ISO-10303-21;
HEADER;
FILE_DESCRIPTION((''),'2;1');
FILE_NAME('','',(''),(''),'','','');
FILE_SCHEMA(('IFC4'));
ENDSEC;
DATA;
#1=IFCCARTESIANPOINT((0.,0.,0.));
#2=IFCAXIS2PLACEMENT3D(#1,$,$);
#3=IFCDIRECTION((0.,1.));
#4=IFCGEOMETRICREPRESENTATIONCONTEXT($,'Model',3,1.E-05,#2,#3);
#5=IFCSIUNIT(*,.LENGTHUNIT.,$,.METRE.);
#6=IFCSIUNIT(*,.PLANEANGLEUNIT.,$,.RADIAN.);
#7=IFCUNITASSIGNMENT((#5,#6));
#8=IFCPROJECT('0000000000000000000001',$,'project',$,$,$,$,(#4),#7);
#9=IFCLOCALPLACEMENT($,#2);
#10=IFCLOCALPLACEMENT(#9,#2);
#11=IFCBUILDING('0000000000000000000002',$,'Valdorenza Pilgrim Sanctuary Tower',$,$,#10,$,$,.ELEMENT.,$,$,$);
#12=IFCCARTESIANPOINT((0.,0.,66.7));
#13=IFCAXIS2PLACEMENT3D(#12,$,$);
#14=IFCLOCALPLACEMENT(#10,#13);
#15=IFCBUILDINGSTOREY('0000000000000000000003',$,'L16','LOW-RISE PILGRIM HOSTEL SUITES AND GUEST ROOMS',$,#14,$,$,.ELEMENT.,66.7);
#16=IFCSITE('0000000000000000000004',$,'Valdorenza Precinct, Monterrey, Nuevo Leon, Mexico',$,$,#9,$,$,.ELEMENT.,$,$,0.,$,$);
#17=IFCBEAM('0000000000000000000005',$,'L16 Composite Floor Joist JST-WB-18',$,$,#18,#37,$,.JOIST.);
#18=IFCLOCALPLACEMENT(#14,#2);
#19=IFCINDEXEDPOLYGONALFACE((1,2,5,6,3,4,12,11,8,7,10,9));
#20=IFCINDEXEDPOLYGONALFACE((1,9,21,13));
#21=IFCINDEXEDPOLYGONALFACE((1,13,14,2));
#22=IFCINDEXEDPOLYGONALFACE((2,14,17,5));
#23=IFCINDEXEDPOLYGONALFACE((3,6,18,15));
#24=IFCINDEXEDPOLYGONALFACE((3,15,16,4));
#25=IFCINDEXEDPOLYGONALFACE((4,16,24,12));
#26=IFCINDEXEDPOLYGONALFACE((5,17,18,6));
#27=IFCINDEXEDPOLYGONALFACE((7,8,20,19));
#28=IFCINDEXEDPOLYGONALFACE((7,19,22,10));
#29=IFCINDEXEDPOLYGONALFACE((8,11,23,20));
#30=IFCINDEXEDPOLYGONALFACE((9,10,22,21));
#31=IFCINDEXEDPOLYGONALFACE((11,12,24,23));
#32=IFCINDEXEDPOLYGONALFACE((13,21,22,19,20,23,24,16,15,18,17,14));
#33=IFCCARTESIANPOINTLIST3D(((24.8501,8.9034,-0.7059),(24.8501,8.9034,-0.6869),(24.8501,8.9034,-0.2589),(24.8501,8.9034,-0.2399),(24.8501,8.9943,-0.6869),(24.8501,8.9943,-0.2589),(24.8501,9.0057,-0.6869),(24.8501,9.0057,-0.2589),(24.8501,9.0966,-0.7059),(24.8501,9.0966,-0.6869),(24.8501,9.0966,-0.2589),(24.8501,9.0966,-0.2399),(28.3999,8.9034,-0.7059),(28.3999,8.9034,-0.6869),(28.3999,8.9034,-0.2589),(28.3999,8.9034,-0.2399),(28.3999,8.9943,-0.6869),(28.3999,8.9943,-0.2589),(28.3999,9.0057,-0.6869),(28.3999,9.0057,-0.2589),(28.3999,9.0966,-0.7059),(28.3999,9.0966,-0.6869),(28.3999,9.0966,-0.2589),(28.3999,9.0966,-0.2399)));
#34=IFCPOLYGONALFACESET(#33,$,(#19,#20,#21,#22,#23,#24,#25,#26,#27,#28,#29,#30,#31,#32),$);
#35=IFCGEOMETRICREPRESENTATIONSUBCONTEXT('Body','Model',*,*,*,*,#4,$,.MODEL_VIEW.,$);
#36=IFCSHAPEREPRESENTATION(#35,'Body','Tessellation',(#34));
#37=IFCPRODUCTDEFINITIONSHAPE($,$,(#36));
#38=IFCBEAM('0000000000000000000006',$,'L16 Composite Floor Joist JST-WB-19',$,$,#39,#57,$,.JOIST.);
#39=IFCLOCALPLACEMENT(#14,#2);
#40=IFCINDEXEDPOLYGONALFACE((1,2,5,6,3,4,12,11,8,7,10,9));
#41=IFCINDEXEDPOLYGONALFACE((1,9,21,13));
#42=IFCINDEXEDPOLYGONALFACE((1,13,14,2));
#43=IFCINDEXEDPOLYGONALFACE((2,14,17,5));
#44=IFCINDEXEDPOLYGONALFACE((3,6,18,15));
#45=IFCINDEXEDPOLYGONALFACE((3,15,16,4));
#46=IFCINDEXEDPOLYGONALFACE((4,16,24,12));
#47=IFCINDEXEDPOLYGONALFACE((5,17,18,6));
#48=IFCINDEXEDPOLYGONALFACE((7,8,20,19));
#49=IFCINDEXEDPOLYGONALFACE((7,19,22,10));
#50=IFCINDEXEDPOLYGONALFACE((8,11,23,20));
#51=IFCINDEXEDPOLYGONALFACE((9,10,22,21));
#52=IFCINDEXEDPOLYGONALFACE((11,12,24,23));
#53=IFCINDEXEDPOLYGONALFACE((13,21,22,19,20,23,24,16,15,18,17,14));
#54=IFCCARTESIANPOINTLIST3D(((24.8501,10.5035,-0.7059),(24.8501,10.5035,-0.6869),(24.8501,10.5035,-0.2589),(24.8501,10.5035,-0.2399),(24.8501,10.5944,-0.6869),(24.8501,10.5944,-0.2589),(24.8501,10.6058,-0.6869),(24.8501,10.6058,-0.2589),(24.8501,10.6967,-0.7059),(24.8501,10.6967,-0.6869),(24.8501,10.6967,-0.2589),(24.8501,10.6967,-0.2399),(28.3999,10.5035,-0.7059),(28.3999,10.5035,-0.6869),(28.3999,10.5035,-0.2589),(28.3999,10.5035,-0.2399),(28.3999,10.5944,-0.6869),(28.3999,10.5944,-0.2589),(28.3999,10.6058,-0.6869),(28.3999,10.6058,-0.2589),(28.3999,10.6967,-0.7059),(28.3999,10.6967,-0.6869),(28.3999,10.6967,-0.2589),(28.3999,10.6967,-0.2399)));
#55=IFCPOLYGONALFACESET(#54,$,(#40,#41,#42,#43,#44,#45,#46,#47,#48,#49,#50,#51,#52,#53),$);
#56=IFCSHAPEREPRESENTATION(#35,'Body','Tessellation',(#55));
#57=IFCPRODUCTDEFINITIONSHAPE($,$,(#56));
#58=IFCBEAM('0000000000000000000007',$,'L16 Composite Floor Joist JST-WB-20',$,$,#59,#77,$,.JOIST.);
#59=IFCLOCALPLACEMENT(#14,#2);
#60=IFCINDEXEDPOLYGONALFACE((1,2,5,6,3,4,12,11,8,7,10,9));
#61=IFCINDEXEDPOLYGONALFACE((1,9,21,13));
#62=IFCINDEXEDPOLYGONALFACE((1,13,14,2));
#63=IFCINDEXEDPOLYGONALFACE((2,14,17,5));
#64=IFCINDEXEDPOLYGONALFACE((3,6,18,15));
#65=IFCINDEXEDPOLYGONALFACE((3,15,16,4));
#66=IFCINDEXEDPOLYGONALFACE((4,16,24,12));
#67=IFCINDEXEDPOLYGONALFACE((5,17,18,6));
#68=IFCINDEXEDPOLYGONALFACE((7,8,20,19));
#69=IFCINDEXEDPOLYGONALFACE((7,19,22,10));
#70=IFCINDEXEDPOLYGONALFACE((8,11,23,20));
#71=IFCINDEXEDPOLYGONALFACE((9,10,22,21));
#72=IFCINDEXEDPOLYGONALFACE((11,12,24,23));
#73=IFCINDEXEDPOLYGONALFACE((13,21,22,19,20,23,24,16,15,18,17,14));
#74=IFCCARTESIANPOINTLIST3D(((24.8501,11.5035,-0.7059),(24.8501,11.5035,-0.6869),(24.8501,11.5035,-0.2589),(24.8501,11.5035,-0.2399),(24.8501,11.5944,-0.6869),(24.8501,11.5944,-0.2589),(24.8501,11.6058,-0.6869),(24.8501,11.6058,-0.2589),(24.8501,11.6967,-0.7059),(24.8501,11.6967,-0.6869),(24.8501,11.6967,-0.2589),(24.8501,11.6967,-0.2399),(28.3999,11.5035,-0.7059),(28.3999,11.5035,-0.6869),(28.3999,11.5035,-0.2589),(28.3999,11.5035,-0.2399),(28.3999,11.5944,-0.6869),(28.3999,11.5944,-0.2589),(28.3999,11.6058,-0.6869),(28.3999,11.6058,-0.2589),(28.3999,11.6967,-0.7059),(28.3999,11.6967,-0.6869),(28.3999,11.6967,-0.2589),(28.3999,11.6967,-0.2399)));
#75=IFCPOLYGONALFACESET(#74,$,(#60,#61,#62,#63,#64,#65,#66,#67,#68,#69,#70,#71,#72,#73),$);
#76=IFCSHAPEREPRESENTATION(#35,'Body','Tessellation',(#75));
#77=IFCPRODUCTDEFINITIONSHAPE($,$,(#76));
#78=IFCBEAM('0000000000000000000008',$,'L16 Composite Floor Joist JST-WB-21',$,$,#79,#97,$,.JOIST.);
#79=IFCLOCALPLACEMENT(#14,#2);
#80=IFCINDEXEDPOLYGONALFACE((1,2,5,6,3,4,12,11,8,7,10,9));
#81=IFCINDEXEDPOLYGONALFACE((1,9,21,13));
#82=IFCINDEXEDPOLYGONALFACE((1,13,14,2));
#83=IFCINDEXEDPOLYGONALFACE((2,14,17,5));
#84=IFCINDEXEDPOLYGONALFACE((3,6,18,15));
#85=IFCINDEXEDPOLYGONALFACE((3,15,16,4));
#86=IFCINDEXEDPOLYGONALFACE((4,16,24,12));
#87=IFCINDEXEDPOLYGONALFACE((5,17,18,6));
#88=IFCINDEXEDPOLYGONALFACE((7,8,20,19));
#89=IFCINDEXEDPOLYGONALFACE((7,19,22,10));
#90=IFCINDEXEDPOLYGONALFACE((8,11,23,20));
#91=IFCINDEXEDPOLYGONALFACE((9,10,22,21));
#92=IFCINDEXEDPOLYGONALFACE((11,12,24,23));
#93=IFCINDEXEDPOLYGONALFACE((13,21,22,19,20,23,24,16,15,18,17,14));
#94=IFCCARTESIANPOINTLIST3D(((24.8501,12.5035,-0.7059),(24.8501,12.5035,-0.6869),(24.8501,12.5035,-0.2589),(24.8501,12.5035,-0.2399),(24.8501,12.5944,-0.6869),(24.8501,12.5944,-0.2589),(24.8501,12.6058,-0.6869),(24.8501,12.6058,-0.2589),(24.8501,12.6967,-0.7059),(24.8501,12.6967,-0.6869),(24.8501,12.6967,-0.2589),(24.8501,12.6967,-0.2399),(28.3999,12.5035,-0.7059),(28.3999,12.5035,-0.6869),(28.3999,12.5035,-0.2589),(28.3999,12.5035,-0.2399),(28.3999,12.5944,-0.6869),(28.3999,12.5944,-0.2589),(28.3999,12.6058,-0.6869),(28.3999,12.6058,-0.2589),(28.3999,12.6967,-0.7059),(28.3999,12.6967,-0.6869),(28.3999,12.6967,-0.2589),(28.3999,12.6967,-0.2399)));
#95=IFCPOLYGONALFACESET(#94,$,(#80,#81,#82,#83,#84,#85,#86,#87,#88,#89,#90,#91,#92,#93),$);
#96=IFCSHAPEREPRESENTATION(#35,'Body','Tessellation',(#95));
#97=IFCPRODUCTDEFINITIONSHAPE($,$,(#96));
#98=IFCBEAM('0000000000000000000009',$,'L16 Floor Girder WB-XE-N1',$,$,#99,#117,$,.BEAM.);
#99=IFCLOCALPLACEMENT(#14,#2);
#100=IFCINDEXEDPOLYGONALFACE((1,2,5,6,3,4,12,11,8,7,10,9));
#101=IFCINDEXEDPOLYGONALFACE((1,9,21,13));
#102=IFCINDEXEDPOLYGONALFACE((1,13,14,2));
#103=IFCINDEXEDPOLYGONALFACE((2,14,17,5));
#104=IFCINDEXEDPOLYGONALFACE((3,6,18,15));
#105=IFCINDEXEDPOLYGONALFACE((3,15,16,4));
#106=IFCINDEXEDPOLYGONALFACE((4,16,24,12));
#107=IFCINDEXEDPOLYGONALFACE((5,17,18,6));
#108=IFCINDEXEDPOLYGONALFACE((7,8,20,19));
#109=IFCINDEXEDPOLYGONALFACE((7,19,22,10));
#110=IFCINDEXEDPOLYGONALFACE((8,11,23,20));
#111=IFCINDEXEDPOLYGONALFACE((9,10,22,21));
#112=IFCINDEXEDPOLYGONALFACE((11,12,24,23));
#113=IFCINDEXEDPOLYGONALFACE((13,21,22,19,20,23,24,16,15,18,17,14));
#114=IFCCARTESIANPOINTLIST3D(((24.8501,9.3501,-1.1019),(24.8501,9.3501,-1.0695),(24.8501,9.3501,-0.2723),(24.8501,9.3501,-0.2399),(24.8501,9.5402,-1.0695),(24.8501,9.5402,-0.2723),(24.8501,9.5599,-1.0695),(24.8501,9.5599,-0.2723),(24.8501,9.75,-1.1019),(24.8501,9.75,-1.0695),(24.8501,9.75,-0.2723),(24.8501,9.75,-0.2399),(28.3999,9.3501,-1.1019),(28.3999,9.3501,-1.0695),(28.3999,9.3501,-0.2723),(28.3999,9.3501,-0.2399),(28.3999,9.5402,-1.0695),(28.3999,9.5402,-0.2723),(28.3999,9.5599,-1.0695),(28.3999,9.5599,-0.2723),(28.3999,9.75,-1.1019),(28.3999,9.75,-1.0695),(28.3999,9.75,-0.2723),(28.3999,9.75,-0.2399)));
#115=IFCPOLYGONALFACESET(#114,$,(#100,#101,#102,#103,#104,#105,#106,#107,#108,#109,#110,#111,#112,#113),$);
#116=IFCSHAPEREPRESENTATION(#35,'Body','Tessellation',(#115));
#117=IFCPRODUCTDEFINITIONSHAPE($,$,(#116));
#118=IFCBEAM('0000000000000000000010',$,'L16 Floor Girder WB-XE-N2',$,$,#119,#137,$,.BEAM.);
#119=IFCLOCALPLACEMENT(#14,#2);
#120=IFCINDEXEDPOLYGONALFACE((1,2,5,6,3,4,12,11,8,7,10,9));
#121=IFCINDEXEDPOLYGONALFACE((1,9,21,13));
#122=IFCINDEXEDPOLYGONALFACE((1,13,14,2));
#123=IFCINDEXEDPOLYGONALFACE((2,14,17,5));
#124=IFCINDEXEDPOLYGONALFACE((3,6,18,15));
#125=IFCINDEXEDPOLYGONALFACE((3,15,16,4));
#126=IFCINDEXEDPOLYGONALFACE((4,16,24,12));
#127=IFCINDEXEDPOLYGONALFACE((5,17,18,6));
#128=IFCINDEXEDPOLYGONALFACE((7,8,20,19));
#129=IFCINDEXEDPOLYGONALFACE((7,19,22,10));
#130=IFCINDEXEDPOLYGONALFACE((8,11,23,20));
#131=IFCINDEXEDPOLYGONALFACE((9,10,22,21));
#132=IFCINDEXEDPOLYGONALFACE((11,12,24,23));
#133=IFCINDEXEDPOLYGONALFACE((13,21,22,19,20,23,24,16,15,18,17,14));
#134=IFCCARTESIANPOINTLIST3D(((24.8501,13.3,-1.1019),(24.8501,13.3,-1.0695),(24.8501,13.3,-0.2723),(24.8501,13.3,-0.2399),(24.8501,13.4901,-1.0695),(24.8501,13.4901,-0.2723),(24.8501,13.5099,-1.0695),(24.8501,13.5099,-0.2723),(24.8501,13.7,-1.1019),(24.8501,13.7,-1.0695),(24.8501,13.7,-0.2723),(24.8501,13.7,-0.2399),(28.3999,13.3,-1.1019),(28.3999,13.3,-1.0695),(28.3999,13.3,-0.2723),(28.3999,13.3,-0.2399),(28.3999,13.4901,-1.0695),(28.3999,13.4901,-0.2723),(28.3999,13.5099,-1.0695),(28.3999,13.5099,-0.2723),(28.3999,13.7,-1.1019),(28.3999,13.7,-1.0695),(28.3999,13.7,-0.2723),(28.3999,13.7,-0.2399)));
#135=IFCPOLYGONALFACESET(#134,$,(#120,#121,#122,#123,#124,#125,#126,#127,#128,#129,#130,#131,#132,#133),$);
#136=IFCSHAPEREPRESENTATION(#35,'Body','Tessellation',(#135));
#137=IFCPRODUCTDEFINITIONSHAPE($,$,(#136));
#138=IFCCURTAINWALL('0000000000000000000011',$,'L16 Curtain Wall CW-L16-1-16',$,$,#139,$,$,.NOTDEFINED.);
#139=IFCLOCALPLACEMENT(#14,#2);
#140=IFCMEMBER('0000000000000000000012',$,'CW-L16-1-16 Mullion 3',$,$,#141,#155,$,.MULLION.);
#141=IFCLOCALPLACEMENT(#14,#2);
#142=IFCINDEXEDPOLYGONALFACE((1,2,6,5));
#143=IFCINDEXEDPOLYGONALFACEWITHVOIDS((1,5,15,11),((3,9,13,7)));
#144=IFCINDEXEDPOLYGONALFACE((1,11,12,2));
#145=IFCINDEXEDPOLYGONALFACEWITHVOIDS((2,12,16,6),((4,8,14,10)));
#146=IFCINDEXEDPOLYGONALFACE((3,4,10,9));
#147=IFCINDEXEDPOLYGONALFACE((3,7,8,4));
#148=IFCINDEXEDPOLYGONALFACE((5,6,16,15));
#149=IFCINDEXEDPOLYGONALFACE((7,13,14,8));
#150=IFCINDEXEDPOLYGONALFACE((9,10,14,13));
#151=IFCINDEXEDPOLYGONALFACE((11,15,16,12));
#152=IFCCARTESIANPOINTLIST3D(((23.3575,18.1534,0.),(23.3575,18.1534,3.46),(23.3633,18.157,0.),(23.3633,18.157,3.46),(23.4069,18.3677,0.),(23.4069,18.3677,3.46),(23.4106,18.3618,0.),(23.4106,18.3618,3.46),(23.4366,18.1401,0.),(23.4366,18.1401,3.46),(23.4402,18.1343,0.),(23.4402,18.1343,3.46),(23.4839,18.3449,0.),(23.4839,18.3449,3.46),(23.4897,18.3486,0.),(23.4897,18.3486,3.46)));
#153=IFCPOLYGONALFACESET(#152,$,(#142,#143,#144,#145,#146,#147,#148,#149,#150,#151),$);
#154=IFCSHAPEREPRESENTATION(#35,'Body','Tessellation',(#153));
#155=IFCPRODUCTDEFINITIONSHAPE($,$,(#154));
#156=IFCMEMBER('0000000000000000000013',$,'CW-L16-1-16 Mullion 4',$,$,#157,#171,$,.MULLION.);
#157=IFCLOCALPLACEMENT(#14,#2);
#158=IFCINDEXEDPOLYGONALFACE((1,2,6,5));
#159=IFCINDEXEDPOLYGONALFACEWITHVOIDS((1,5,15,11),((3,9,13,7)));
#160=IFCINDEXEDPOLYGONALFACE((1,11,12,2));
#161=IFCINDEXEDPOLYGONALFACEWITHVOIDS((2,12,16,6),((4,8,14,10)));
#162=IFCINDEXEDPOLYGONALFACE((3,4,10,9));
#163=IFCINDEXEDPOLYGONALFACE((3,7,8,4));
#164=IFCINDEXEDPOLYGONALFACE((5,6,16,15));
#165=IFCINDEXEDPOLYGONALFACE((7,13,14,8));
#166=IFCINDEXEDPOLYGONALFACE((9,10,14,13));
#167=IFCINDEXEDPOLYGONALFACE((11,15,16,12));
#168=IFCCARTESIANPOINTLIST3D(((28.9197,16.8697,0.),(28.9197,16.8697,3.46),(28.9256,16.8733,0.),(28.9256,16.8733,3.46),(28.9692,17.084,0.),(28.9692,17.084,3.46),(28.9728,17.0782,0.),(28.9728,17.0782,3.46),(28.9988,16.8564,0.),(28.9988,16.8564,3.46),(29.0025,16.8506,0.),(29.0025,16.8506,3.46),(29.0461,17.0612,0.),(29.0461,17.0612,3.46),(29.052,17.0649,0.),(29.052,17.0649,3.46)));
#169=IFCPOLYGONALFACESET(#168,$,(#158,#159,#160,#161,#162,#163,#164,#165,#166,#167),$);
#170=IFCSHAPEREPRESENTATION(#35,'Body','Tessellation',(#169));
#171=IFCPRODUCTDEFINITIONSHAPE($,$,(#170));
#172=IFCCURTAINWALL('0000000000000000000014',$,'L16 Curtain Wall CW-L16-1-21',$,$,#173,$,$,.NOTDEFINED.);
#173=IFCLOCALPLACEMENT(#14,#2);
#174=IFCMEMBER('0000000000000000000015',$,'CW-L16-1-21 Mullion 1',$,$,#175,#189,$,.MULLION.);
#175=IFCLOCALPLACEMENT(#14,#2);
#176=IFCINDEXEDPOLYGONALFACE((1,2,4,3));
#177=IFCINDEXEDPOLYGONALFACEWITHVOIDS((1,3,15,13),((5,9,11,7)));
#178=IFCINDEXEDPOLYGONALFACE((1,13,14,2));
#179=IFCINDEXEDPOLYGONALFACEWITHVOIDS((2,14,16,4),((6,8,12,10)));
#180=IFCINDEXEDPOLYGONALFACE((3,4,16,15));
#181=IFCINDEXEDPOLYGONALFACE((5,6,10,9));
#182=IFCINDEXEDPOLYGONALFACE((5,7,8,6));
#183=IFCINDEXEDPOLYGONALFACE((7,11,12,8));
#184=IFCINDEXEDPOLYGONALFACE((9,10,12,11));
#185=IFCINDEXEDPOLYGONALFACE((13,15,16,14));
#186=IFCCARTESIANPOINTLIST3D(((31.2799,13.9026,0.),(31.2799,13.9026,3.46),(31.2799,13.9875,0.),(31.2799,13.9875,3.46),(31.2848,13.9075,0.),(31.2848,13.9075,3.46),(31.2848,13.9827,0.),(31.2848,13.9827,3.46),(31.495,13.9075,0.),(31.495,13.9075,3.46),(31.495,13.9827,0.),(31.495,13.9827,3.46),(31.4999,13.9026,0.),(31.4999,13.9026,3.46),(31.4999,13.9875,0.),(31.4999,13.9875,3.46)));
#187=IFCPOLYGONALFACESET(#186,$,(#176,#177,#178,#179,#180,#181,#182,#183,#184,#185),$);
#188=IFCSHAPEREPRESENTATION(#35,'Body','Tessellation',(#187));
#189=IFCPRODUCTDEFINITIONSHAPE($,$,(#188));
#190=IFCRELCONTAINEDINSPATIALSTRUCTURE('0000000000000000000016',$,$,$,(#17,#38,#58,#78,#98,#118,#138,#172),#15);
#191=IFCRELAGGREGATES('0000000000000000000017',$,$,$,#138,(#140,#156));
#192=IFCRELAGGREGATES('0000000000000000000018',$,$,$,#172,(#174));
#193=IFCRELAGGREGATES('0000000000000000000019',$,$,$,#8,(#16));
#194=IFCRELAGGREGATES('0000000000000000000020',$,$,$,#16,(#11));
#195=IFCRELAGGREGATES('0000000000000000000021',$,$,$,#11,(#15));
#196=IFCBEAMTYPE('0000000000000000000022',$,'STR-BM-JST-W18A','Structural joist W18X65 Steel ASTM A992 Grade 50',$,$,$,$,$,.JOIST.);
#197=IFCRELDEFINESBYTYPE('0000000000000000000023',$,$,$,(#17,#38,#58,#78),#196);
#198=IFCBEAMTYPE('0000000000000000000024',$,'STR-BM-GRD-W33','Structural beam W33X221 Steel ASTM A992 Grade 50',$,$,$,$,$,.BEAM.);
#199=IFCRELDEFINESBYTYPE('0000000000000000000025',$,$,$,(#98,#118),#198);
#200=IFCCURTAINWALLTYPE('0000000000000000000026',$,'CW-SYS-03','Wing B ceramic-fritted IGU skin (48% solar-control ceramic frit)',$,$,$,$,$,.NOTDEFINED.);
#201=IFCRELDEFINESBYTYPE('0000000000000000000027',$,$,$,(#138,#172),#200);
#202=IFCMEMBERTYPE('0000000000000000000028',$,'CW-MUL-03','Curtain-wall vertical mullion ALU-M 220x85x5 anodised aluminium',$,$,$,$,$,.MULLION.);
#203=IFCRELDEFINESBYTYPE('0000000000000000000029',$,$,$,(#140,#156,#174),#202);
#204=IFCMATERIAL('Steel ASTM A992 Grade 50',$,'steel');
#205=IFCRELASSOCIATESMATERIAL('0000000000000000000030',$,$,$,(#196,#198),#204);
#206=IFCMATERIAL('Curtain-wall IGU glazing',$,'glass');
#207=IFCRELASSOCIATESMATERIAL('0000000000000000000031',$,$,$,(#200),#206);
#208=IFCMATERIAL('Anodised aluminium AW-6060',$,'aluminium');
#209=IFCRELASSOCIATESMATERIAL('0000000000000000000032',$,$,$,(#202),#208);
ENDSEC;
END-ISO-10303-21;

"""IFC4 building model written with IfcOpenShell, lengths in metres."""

from ifc_helpers import new_model, si_unit, direction, frame, origin, origin_2d, place, context, subcontext, project, spatial, hollow_rectangle, i_section, extrude, source, transform, mapped, material, material_profile, profile_set, type_object, element, aggregate, save


model = new_model("IFC4")

# Units and contexts
model_context = context("Model", 3, precision=1e-05, world=origin(), true_north=direction((0.0, 1.0)))
body_context = subcontext(model_context, "Body", "Model", "MODEL_VIEW")
ifc_project = project(units=[si_unit("LENGTHUNIT", "METRE"), si_unit("PLANEANGLEUNIT", "RADIAN")], contexts=[model_context])

# Site, building, storey
site_placement = place(None, origin())
site = spatial("IfcSite", under=ifc_project, at=site_placement, Name="Valdorenza Precinct, Monterrey, Nuevo Leon, Mexico", CompositionType="ELEMENT", RefElevation=0.0)
building_placement = place(site_placement, origin())
building = spatial("IfcBuilding", under=site, at=building_placement, Name="Valdorenza Pilgrim Sanctuary Tower", CompositionType="ELEMENT")
storey_placement = place(building_placement, frame((0.0, 0.0, 66.7)))
storey = spatial("IfcBuildingStorey", under=building, at=storey_placement, Name="L16", Description="LOW-RISE PILGRIM HOSTEL SUITES AND GUEST ROOMS", CompositionType="ELEMENT", Elevation=66.7)

# Beams
ifc_material_1 = material(Name="Steel ASTM A992 Grade 50", Category="steel")
ifc_material_profile_1 = material_profile(ifc_material_1, i_section(OverallWidth=0.1931, OverallDepth=0.4661, WebThickness=0.0115, FlangeThickness=0.019, at=origin_2d()), Name="W18X65")
ifc_profile_set_1 = profile_set([ifc_material_profile_1], Name="Steel ASTM A992 Grade 50")
beam_type_1 = type_object("IfcBeamType", Name="STR-BM-JST-W18A", Description="Structural joist W18X65 Steel ASTM A992 Grade 50", PredefinedType="JOIST", material=ifc_profile_set_1)
shared_shape_1 = source(origin(), body_context, "Body", "SweptSolid", [
    extrude(i_section(OverallWidth=0.1931, OverallDepth=0.4661, WebThickness=0.0115, FlangeThickness=0.019, at=origin_2d()), origin(), (0.0, 0.0, 1.0), 3.5498),
])
for number, where, z_axis, x_axis, name in (
    (1, (24.8501, 9.0, -0.4729), (1.0, 0.0, 0.0), (0.0, 1.0, 0.0), "L16 Composite Floor Joist JST-WB-18"),
    (2, (24.8501, 10.6001, -0.4729), (1.0, 0.0, 0.0), (0.0, 1.0, 0.0), "L16 Composite Floor Joist JST-WB-19"),
    (3, (24.8501, 11.6001, -0.4729), (1.0, 0.0, 0.0), (0.0, 1.0, 0.0), "L16 Composite Floor Joist JST-WB-20"),
    (4, (24.8501, 12.6001, -0.4729), (1.0, 0.0, 0.0), (0.0, 1.0, 0.0), "L16 Composite Floor Joist JST-WB-21"),
):
    element("IfcBeam", number, at=place(storey_placement, frame(where, z_axis=z_axis, x_axis=x_axis)), inside=storey, type_object=beam_type_1, Name=name, PredefinedType="JOIST", context=body_context, shape_type="MappedRepresentation", body=[
        mapped(shared_shape_1, transform((0.0, 0.0, 0.0), x_axis=(1.0, 0.0, 0.0), y_axis=(0.0, 1.0, 0.0), z_axis=(0.0, 0.0, 1.0), scale=1.0)),
    ])
ifc_material_profile_2 = material_profile(ifc_material_1, i_section(OverallWidth=0.3999, OverallDepth=0.8621, WebThickness=0.0198, FlangeThickness=0.0325, at=origin_2d()), Name="W33X221")
ifc_profile_set_2 = profile_set([ifc_material_profile_2], Name="Steel ASTM A992 Grade 50")
beam_type_2 = type_object("IfcBeamType", Name="STR-BM-GRD-W33", Description="Structural beam W33X221 Steel ASTM A992 Grade 50", PredefinedType="BEAM", material=ifc_profile_set_2)
shared_shape_2 = source(origin(), body_context, "Body", "SweptSolid", [
    extrude(i_section(OverallWidth=0.3999, OverallDepth=0.8621, WebThickness=0.0198, FlangeThickness=0.0325, at=origin_2d()), origin(), (0.0, 0.0, 1.0), 3.5498),
])
for number, where, z_axis, x_axis, name in (
    (5, (24.8501, 9.55, -0.6709), (1.0, 0.0, 0.0), (0.0, 1.0, 0.0), "L16 Floor Girder WB-XE-N1"),
    (6, (24.8501, 13.5, -0.6709), (1.0, 0.0, 0.0), (0.0, 1.0, 0.0), "L16 Floor Girder WB-XE-N2"),
):
    element("IfcBeam", number, at=place(storey_placement, frame(where, z_axis=z_axis, x_axis=x_axis)), inside=storey, type_object=beam_type_2, Name=name, PredefinedType="BEAM", context=body_context, shape_type="MappedRepresentation", body=[
        mapped(shared_shape_2, transform((0.0, 0.0, 0.0), x_axis=(1.0, 0.0, 0.0), y_axis=(0.0, 1.0, 0.0), z_axis=(0.0, 0.0, 1.0), scale=1.0)),
    ])

# Curtain walls, members
ifc_material_2 = material(Name="Curtain-wall IGU glazing", Category="glass")
curtain_wall_type = type_object("IfcCurtainWallType", Name="CW-SYS-03", Description="Wing B ceramic-fritted IGU skin (48% solar-control ceramic frit)", PredefinedType="NOTDEFINED", material=ifc_material_2)
curtain_wall_1_placement = place(storey_placement, origin())
curtain_wall_1 = element("IfcCurtainWall", 7, at=curtain_wall_1_placement, inside=storey, type_object=curtain_wall_type, Name="L16 Curtain Wall CW-L16-1-16", PredefinedType="NOTDEFINED")
ifc_material_3 = material(Name="Anodised aluminium AW-6060", Category="aluminium")
ifc_material_profile_3 = material_profile(ifc_material_3, hollow_rectangle(XDim=0.085, YDim=0.22, WallThickness=0.0049, at=origin_2d()), Name="ALU-M 220x85x5")
ifc_profile_set_3 = profile_set([ifc_material_profile_3], Name="Anodised aluminium AW-6060")
member_type_1 = type_object("IfcMemberType", Name="CW-MUL-03", Description="Curtain-wall vertical mullion ALU-M 220x85x5 anodised aluminium", PredefinedType="MULLION", material=ifc_profile_set_3)
shared_shape_3 = source(origin(), body_context, "Body", "SweptSolid", [
    extrude(hollow_rectangle(XDim=0.085, YDim=0.22, WallThickness=0.0049, at=origin_2d()), origin(), (0.0, 0.0, 1.0), 3.46),
])
member_1_placement = place(storey_placement, frame((23.4236, 18.251, 0.0), z_axis=(0.0, 0.0, 1.0), x_axis=(0.97439, -0.224866, 0.0)))
member_1 = element("IfcMember", 8, at=member_1_placement, type_object=member_type_1, Name="CW-L16-1-16 Mullion 3", PredefinedType="MULLION", context=body_context, shape_type="MappedRepresentation", body=[
    mapped(shared_shape_3, transform((0.0, 0.0, 0.0), x_axis=(1.0, 0.0, 0.0), y_axis=(0.0, 1.0, 0.0), z_axis=(0.0, 0.0, 1.0), scale=1.0)),
])
member_2_placement = place(storey_placement, frame((28.9858, 16.9673, 0.0), z_axis=(0.0, 0.0, 1.0), x_axis=(0.97439, -0.224866, 0.0)))
member_2 = element("IfcMember", 9, at=member_2_placement, type_object=member_type_1, Name="CW-L16-1-16 Mullion 4", PredefinedType="MULLION", context=body_context, shape_type="MappedRepresentation", body=[
    mapped(shared_shape_3, transform((0.0, 0.0, 0.0), x_axis=(1.0, 0.0, 0.0), y_axis=(0.0, 1.0, 0.0), z_axis=(0.0, 0.0, 1.0), scale=1.0)),
])
curtain_wall_2_placement = place(storey_placement, origin())
curtain_wall_2 = element("IfcCurtainWall", 10, at=curtain_wall_2_placement, inside=storey, type_object=curtain_wall_type, Name="L16 Curtain Wall CW-L16-1-21", PredefinedType="NOTDEFINED")
member_3_placement = place(storey_placement, frame((31.3899, 13.9451, 0.0), z_axis=(0.0, 0.0, 1.0), x_axis=(0.0, -1.0, 0.0)))
member_3 = element("IfcMember", 11, at=member_3_placement, type_object=member_type_1, Name="CW-L16-1-21 Mullion 1", PredefinedType="MULLION", context=body_context, shape_type="MappedRepresentation", body=[
    mapped(shared_shape_3, transform((0.0, 0.0, 0.0), x_axis=(1.0, 0.0, 0.0), y_axis=(0.0, 1.0, 0.0), z_axis=(0.0, 0.0, 1.0), scale=1.0)),
])

aggregate(curtain_wall_1, [member_1, member_2])
aggregate(curtain_wall_2, [member_3])

save(model, "model.ifc")
